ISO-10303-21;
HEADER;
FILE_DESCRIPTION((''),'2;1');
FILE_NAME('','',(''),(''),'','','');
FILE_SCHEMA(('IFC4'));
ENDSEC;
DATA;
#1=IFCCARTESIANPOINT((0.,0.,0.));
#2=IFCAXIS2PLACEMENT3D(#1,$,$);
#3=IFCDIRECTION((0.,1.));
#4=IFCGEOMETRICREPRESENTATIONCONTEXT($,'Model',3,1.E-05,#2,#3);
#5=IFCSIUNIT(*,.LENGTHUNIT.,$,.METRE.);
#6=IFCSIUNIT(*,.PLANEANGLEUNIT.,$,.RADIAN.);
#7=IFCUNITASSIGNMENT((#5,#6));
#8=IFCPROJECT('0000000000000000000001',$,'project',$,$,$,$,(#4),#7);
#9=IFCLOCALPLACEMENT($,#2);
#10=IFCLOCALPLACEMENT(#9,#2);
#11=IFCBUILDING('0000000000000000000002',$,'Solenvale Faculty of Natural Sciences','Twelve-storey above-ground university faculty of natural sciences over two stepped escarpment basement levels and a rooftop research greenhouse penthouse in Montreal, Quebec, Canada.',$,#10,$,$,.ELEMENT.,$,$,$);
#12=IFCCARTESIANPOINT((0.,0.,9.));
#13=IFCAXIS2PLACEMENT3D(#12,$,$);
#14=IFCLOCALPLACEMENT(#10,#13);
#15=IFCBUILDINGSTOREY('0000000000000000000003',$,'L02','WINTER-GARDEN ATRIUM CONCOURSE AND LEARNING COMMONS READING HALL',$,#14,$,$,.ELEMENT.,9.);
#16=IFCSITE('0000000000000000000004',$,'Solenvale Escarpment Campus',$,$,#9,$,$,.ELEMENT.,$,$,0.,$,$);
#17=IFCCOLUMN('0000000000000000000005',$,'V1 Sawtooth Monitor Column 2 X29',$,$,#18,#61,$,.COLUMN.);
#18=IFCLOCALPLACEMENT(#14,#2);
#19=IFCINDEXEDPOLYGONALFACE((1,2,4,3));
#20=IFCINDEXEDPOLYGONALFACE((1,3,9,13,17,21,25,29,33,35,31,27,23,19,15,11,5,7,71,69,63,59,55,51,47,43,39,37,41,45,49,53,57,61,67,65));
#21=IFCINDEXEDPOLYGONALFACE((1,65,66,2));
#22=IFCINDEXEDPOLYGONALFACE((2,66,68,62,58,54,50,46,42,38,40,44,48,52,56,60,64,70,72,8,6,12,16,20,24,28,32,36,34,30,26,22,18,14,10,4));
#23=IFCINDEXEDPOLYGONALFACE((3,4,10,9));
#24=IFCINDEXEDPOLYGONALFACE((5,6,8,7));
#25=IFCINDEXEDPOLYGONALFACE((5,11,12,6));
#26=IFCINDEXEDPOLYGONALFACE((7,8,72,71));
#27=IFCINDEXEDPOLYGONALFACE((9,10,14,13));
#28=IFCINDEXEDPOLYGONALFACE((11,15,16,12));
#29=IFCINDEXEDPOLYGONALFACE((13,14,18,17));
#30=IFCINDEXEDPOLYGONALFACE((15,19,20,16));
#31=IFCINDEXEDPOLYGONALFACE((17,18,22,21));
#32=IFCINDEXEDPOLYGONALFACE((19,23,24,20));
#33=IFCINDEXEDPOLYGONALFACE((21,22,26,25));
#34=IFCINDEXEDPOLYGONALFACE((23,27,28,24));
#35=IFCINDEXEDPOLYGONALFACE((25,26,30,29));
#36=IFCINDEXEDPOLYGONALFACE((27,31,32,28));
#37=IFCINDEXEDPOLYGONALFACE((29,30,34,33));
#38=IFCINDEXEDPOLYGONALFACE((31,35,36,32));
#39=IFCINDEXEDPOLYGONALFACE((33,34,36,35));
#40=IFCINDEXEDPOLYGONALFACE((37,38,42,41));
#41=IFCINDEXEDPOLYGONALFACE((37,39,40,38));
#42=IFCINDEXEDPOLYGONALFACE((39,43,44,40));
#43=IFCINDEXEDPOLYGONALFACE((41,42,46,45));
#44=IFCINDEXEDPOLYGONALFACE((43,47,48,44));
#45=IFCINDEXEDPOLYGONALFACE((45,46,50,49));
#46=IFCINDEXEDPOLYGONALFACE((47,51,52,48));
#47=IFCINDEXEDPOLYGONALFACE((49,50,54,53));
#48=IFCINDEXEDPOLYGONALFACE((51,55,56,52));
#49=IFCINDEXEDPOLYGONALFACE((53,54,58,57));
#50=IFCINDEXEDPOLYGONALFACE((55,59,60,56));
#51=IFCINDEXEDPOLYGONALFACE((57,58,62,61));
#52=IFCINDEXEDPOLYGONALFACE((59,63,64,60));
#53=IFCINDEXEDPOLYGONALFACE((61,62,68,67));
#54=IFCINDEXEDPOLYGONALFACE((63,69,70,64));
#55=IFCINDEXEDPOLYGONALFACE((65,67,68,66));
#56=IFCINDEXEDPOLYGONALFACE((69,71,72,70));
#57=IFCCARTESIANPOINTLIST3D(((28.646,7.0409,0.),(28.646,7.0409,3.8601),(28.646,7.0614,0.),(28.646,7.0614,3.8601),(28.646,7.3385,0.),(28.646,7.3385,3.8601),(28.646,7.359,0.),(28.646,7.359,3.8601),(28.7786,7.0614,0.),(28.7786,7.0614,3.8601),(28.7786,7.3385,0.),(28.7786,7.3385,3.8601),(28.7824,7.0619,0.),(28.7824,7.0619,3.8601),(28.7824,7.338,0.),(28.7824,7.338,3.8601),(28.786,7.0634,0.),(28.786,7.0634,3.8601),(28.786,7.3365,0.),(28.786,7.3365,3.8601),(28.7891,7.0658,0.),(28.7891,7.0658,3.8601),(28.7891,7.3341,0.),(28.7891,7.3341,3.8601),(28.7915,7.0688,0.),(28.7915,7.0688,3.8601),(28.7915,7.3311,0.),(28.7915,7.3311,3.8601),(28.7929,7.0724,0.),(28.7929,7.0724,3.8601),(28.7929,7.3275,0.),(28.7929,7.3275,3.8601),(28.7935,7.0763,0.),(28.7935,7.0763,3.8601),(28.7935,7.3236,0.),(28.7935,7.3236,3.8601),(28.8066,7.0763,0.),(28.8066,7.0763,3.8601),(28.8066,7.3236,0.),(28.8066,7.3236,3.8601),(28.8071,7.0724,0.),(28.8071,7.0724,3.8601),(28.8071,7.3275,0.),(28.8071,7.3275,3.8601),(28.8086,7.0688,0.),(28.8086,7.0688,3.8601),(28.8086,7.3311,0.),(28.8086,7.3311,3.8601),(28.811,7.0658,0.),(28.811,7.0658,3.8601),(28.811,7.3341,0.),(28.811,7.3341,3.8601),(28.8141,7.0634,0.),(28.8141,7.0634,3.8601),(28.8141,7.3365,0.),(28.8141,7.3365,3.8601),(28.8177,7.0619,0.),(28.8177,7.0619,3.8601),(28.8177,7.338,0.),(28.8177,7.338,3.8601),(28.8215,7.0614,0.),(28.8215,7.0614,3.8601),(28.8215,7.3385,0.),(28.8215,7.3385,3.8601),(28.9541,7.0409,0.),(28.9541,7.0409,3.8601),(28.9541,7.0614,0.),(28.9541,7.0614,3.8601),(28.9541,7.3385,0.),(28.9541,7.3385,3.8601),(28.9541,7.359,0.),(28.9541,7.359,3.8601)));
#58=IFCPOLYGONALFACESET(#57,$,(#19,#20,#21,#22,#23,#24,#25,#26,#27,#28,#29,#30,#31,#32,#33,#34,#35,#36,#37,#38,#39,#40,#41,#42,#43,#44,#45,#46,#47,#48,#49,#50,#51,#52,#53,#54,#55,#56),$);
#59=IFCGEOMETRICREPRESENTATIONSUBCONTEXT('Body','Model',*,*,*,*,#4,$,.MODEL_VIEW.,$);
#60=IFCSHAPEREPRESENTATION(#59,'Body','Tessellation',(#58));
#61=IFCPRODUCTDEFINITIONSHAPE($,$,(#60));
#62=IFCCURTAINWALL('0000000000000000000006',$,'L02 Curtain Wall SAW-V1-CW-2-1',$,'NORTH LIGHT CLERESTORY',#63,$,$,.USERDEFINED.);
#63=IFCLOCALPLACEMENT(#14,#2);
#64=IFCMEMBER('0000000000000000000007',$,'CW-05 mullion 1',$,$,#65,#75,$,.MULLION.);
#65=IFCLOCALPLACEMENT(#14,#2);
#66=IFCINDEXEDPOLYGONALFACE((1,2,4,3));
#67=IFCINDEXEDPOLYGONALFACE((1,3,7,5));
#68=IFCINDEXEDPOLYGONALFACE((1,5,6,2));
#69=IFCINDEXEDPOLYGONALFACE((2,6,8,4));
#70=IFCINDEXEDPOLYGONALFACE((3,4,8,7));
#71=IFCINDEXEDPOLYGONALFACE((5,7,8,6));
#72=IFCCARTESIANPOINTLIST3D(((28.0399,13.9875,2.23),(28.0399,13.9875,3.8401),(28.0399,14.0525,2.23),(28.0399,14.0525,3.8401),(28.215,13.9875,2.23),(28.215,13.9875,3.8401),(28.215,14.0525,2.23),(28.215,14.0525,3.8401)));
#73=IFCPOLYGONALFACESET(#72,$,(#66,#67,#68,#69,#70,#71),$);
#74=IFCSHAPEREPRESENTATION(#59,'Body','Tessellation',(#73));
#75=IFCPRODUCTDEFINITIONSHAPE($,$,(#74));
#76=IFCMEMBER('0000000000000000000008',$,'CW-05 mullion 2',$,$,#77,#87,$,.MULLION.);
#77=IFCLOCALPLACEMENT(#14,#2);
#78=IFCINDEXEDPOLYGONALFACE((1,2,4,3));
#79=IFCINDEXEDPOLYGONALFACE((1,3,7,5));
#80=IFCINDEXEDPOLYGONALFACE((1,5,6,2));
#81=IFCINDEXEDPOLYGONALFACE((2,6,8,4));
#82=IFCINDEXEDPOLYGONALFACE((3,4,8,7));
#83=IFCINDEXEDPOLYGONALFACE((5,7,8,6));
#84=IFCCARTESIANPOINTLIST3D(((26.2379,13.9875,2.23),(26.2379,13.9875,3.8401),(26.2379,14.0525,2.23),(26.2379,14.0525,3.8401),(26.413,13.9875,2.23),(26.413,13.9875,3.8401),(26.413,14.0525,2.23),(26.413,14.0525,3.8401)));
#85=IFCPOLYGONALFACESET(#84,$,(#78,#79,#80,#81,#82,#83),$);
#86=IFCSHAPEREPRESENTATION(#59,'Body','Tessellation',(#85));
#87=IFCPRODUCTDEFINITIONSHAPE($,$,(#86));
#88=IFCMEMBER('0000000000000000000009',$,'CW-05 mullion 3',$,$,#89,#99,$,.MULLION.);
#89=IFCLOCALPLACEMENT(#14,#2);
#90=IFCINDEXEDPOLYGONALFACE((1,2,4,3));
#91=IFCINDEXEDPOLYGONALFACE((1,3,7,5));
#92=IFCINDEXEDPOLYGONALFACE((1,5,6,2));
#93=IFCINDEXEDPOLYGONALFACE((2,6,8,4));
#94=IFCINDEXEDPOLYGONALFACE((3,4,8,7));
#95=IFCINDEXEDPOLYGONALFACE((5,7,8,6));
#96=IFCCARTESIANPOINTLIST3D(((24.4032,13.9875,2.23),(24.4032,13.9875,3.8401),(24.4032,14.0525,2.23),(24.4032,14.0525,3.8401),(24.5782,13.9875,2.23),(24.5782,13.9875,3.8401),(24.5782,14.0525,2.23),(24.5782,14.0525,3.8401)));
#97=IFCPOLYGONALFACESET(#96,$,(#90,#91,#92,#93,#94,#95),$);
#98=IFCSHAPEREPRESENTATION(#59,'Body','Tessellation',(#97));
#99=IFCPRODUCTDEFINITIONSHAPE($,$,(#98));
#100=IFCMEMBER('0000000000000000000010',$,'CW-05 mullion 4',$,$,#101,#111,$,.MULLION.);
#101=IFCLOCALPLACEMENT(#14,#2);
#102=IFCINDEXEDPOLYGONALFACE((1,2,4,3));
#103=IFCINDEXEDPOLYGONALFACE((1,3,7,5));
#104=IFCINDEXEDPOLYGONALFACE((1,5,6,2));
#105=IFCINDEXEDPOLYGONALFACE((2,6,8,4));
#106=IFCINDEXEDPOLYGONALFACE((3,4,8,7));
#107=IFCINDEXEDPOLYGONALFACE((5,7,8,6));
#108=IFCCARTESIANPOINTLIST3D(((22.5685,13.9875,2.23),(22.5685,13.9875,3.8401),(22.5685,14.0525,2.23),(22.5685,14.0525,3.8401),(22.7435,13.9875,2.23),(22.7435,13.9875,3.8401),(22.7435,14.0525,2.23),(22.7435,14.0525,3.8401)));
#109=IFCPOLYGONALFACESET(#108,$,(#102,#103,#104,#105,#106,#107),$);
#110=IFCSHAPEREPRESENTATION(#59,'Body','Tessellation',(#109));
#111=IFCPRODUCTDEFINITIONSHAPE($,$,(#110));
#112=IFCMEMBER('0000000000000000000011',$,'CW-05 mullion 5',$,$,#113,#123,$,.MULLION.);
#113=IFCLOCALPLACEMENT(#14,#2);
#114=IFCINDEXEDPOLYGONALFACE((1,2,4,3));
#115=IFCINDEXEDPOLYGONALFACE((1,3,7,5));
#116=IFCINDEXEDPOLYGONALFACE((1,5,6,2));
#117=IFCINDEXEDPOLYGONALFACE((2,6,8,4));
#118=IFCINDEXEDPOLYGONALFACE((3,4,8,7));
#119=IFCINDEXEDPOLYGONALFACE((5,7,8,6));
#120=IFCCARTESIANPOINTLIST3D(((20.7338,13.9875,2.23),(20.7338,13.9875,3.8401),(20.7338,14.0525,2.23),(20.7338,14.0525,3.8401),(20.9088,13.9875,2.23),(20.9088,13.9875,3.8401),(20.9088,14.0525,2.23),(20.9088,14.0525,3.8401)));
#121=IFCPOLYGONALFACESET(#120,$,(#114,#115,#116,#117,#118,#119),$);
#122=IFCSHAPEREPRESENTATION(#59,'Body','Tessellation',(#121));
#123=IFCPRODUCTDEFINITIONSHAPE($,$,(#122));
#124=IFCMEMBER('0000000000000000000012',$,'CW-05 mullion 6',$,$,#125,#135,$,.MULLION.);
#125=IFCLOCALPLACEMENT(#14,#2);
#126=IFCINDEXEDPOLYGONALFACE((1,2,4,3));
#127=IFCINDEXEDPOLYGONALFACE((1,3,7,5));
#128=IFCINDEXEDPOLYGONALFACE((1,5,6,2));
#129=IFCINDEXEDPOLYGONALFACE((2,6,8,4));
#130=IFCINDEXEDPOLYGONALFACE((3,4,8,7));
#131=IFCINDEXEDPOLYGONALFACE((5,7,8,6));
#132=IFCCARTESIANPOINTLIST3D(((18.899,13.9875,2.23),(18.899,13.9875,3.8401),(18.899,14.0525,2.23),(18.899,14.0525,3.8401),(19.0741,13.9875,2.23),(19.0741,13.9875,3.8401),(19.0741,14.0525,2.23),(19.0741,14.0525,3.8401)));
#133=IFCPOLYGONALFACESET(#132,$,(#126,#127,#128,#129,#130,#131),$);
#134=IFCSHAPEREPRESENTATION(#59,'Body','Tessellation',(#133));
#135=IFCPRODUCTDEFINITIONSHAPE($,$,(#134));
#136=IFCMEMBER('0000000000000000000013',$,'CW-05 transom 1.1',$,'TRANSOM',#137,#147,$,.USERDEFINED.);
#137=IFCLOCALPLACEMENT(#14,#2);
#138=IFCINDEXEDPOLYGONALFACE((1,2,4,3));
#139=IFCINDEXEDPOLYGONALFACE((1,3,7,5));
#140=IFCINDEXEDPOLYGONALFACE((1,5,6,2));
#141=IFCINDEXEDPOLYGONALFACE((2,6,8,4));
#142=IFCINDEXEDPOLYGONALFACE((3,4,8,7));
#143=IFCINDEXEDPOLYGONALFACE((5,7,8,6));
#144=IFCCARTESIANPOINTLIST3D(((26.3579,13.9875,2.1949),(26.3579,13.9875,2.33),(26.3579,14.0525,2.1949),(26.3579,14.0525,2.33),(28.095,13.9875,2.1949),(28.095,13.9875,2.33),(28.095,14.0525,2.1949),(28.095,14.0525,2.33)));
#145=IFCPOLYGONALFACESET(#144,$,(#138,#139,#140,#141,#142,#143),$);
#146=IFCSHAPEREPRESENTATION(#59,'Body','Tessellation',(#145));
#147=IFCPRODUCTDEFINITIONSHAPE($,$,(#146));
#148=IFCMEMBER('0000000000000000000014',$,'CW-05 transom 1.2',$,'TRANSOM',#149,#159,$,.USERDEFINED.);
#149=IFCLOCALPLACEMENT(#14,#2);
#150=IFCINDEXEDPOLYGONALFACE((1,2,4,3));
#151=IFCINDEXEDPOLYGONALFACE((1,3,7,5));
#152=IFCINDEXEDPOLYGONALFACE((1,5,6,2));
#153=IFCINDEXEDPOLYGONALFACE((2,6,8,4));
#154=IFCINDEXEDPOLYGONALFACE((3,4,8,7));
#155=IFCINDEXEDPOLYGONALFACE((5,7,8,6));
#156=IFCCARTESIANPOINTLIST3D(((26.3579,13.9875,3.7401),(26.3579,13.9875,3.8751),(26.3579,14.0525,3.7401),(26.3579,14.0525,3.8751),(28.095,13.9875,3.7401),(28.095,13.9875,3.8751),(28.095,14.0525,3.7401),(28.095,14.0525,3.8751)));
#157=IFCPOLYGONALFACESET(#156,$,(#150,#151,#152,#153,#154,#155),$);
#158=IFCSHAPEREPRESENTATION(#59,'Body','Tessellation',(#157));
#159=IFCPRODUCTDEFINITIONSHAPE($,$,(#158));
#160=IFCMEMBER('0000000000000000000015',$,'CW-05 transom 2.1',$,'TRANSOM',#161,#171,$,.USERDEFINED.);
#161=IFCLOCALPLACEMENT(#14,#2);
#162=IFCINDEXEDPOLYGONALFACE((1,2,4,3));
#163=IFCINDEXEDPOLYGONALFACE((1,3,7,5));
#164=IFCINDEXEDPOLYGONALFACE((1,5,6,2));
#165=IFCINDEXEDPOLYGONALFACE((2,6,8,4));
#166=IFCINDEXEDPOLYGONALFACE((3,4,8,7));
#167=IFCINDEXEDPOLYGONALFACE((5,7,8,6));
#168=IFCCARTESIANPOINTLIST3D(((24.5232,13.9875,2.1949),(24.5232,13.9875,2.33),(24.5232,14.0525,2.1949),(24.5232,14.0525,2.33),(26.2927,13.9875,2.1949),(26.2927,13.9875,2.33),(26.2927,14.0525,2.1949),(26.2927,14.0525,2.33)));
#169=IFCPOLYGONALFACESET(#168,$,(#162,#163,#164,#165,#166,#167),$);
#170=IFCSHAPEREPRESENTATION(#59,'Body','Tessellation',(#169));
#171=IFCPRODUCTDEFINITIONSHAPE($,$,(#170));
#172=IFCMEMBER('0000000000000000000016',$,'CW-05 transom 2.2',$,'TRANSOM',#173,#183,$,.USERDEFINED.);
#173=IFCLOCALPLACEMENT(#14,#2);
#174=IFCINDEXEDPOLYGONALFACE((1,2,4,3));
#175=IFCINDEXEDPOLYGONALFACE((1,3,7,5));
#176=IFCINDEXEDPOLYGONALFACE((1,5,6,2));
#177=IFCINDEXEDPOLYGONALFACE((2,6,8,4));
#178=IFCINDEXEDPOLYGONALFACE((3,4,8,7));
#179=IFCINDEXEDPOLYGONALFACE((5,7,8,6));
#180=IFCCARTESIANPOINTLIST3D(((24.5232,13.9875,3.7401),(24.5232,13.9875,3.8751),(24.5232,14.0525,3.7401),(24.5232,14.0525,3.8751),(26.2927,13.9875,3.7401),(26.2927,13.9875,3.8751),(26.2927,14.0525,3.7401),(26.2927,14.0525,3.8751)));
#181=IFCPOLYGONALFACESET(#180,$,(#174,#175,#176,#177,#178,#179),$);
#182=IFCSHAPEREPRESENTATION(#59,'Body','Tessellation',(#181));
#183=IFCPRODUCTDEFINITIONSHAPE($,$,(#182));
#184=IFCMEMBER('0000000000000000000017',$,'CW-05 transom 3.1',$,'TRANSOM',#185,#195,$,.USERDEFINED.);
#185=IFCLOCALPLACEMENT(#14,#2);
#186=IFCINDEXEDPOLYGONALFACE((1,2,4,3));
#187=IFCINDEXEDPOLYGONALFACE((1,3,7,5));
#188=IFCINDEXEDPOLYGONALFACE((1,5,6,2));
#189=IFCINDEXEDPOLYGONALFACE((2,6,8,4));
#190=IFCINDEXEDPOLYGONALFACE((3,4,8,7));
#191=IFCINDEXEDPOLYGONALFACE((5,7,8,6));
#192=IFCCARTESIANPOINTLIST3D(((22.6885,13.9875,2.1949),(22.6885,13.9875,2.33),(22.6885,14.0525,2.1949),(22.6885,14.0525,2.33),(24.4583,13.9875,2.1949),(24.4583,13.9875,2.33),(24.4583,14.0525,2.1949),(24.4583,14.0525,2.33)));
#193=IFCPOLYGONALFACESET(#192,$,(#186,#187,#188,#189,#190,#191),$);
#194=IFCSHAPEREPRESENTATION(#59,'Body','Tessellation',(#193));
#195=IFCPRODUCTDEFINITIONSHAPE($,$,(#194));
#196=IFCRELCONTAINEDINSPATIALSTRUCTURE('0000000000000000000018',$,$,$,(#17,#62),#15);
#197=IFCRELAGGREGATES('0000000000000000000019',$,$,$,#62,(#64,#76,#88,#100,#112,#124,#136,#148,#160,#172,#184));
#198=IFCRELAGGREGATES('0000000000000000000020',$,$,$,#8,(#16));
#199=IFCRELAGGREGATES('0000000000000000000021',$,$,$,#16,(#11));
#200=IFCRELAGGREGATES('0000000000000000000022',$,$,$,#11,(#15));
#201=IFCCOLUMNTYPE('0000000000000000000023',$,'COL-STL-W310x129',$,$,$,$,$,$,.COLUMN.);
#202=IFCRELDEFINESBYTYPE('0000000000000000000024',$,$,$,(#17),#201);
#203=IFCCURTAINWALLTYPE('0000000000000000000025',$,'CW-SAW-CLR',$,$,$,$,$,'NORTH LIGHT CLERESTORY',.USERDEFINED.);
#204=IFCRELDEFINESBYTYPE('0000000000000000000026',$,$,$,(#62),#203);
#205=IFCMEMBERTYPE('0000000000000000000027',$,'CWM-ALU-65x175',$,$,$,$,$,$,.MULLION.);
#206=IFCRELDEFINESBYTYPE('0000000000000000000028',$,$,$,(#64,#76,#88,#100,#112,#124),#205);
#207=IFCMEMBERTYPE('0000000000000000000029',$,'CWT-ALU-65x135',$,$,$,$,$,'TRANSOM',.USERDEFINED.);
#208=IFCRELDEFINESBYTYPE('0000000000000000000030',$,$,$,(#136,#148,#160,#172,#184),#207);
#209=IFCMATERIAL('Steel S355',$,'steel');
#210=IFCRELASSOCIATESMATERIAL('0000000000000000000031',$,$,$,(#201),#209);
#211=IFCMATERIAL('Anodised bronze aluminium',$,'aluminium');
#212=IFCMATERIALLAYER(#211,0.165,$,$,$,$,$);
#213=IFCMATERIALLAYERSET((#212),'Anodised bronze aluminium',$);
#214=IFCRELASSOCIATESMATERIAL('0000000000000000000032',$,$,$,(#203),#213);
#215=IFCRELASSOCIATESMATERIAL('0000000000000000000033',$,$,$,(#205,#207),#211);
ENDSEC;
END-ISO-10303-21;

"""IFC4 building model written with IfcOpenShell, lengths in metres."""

from ifc_helpers import new_model, si_unit, direction, frame, origin, origin_2d, place, context, subcontext, project, spatial, rectangle, i_section, extrude, material, layer, layer_set, material_profile, profile_set, type_object, element, aggregate, save


model = new_model("IFC4")

# Units and contexts
model_context = context("Model", 3, precision=1e-05, world=origin(), true_north=direction((0.0, 1.0)))
body_context = subcontext(model_context, "Body", "Model", "MODEL_VIEW")
ifc_project = project(units=[si_unit("LENGTHUNIT", "METRE"), si_unit("PLANEANGLEUNIT", "RADIAN")], contexts=[model_context])

# Site, building, storey
site_placement = place(None, origin())
site = spatial("IfcSite", under=ifc_project, at=site_placement, Name="Solenvale Escarpment Campus", CompositionType="ELEMENT", RefElevation=0.0)
building_placement = place(site_placement, origin())
building = spatial("IfcBuilding", under=site, at=building_placement, Name="Solenvale Faculty of Natural Sciences", Description="Twelve-storey above-ground university faculty of natural sciences over two stepped escarpment basement levels and a rooftop research greenhouse penthouse in Montreal, Quebec, Canada.", CompositionType="ELEMENT")
storey_placement = place(building_placement, frame((0.0, 0.0, 9.0)))
storey = spatial("IfcBuildingStorey", under=building, at=storey_placement, Name="L02", Description="WINTER-GARDEN ATRIUM CONCOURSE AND LEARNING COMMONS READING HALL", CompositionType="ELEMENT", Elevation=9.0)

# Column
ifc_material_1 = material(Name="Steel S355", Category="steel")
ifc_material_profile_1 = material_profile(ifc_material_1, i_section(OverallWidth=0.3081, OverallDepth=0.3181, WebThickness=0.0132, FlangeThickness=0.0205, FilletRadius=0.0149, at=origin_2d()), Name="W310x129")
ifc_profile_set_1 = profile_set([ifc_material_profile_1], Name="Steel S355")
column_type = type_object("IfcColumnType", Name="COL-STL-W310x129", PredefinedType="COLUMN", material=ifc_profile_set_1)
column_placement = place(storey_placement, frame((28.8, 7.2, 0.0), z_axis=(0.0, 0.0, 1.0), x_axis=(1.0, 0.0, 0.0)))
element("IfcColumn", 1, at=column_placement, inside=storey, type_object=column_type, Name="V1 Sawtooth Monitor Column 2 X29", PredefinedType="COLUMN", context=body_context, shape_type="SweptSolid", body=[
    extrude(i_section(OverallWidth=0.3081, OverallDepth=0.3181, WebThickness=0.0132, FlangeThickness=0.0205, FilletRadius=0.0149, at=origin_2d()), origin(), (0.0, 0.0, 1.0), 3.8601),
])

# Curtain wall, members
ifc_material_2 = material(Name="Anodised bronze aluminium", Category="aluminium")
ifc_layer_1 = layer(ifc_material_2, 0.165)
ifc_layer_set_1 = layer_set([ifc_layer_1], Name="Anodised bronze aluminium")
curtain_wall_type = type_object("IfcCurtainWallType", Name="CW-SAW-CLR", ElementType="NORTH LIGHT CLERESTORY", PredefinedType="USERDEFINED", material=ifc_layer_set_1)
curtain_wall_placement = place(storey_placement, origin())
curtain_wall = element("IfcCurtainWall", 2, at=curtain_wall_placement, inside=storey, type_object=curtain_wall_type, Name="L02 Curtain Wall SAW-V1-CW-2-1", ObjectType="NORTH LIGHT CLERESTORY", PredefinedType="USERDEFINED")
ifc_material_profile_2 = material_profile(ifc_material_2, rectangle(XDim=0.0649, YDim=0.175, at=origin_2d()), Name="ALU-MUL-65x175")
ifc_profile_set_2 = profile_set([ifc_material_profile_2], Name="Anodised bronze aluminium")
member_type_1 = type_object("IfcMemberType", Name="CWM-ALU-65x175", PredefinedType="MULLION", material=ifc_profile_set_2)
member_1_placement = place(storey_placement, frame((28.1274, 14.02, 2.23), z_axis=(0.0, 0.0, 1.0), x_axis=(0.0, -1.0, 0.0)))
member_1 = element("IfcMember", 3, at=member_1_placement, type_object=member_type_1, Name="CW-05 mullion 1", PredefinedType="MULLION", context=body_context, shape_type="SweptSolid", body=[
    extrude(rectangle(XDim=0.0649, YDim=0.175, at=origin_2d()), origin(), (0.0, 0.0, 1.0), 1.6101),
])
member_2_placement = place(storey_placement, frame((26.3254, 14.02, 2.23), z_axis=(0.0, 0.0, 1.0), x_axis=(0.0, -1.0, 0.0)))
member_2 = element("IfcMember", 4, at=member_2_placement, type_object=member_type_1, Name="CW-05 mullion 2", PredefinedType="MULLION", context=body_context, shape_type="SweptSolid", body=[
    extrude(rectangle(XDim=0.0649, YDim=0.175, at=origin_2d()), origin(), (0.0, 0.0, 1.0), 1.6101),
])
member_3_placement = place(storey_placement, frame((24.4907, 14.02, 2.23), z_axis=(0.0, 0.0, 1.0), x_axis=(0.0, -1.0, 0.0)))
member_3 = element("IfcMember", 5, at=member_3_placement, type_object=member_type_1, Name="CW-05 mullion 3", PredefinedType="MULLION", context=body_context, shape_type="SweptSolid", body=[
    extrude(rectangle(XDim=0.0649, YDim=0.175, at=origin_2d()), origin(), (0.0, 0.0, 1.0), 1.6101),
])
member_4_placement = place(storey_placement, frame((22.656, 14.02, 2.23), z_axis=(0.0, 0.0, 1.0), x_axis=(0.0, -1.0, 0.0)))
member_4 = element("IfcMember", 6, at=member_4_placement, type_object=member_type_1, Name="CW-05 mullion 4", PredefinedType="MULLION", context=body_context, shape_type="SweptSolid", body=[
    extrude(rectangle(XDim=0.0649, YDim=0.175, at=origin_2d()), origin(), (0.0, 0.0, 1.0), 1.6101),
])
member_5_placement = place(storey_placement, frame((20.8213, 14.02, 2.23), z_axis=(0.0, 0.0, 1.0), x_axis=(0.0, -1.0, 0.0)))
member_5 = element("IfcMember", 7, at=member_5_placement, type_object=member_type_1, Name="CW-05 mullion 5", PredefinedType="MULLION", context=body_context, shape_type="SweptSolid", body=[
    extrude(rectangle(XDim=0.0649, YDim=0.175, at=origin_2d()), origin(), (0.0, 0.0, 1.0), 1.6101),
])
member_6_placement = place(storey_placement, frame((18.9866, 14.02, 2.23), z_axis=(0.0, 0.0, 1.0), x_axis=(0.0, -1.0, 0.0)))
member_6 = element("IfcMember", 8, at=member_6_placement, type_object=member_type_1, Name="CW-05 mullion 6", PredefinedType="MULLION", context=body_context, shape_type="SweptSolid", body=[
    extrude(rectangle(XDim=0.0649, YDim=0.175, at=origin_2d()), origin(), (0.0, 0.0, 1.0), 1.6101),
])
ifc_material_profile_3 = material_profile(ifc_material_2, rectangle(XDim=0.0649, YDim=0.135, at=origin_2d()), Name="ALU-TRN-65x135")
ifc_profile_set_3 = profile_set([ifc_material_profile_3], Name="Anodised bronze aluminium")
member_type_2 = type_object("IfcMemberType", Name="CWT-ALU-65x135", ElementType="TRANSOM", PredefinedType="USERDEFINED", material=ifc_profile_set_3)
member_7_placement = place(storey_placement, frame((28.095, 14.02, 2.2625), z_axis=(-1.0, 0.0, 0.0), x_axis=(0.0, -1.0, 0.0)))
member_7 = element("IfcMember", 9, at=member_7_placement, type_object=member_type_2, Name="CW-05 transom 1.1", ObjectType="TRANSOM", PredefinedType="USERDEFINED", context=body_context, shape_type="SweptSolid", body=[
    extrude(rectangle(XDim=0.0649, YDim=0.135, at=origin_2d()), origin(), (0.0, 0.0, 1.0), 1.7371),
])
member_8_placement = place(storey_placement, frame((28.095, 14.02, 3.8076), z_axis=(-1.0, 0.0, 0.0), x_axis=(0.0, -1.0, 0.0)))
member_8 = element("IfcMember", 10, at=member_8_placement, type_object=member_type_2, Name="CW-05 transom 1.2", ObjectType="TRANSOM", PredefinedType="USERDEFINED", context=body_context, shape_type="SweptSolid", body=[
    extrude(rectangle(XDim=0.0649, YDim=0.135, at=origin_2d()), origin(), (0.0, 0.0, 1.0), 1.7371),
])
member_9_placement = place(storey_placement, frame((26.2927, 14.02, 2.2625), z_axis=(-1.0, 0.0, 0.0), x_axis=(0.0, -1.0, 0.0)))
member_9 = element("IfcMember", 11, at=member_9_placement, type_object=member_type_2, Name="CW-05 transom 2.1", ObjectType="TRANSOM", PredefinedType="USERDEFINED", context=body_context, shape_type="SweptSolid", body=[
    extrude(rectangle(XDim=0.0649, YDim=0.135, at=origin_2d()), origin(), (0.0, 0.0, 1.0), 1.7695),
])
member_10_placement = place(storey_placement, frame((26.2927, 14.02, 3.8076), z_axis=(-1.0, 0.0, 0.0), x_axis=(0.0, -1.0, 0.0)))
member_10 = element("IfcMember", 12, at=member_10_placement, type_object=member_type_2, Name="CW-05 transom 2.2", ObjectType="TRANSOM", PredefinedType="USERDEFINED", context=body_context, shape_type="SweptSolid", body=[
    extrude(rectangle(XDim=0.0649, YDim=0.135, at=origin_2d()), origin(), (0.0, 0.0, 1.0), 1.7695),
])
member_11_placement = place(storey_placement, frame((24.4583, 14.02, 2.2625), z_axis=(-1.0, 0.0, 0.0), x_axis=(0.0, -1.0, 0.0)))
member_11 = element("IfcMember", 13, at=member_11_placement, type_object=member_type_2, Name="CW-05 transom 3.1", ObjectType="TRANSOM", PredefinedType="USERDEFINED", context=body_context, shape_type="SweptSolid", body=[
    extrude(rectangle(XDim=0.0649, YDim=0.135, at=origin_2d()), origin(), (0.0, 0.0, 1.0), 1.7698),
])

aggregate(curtain_wall, [member_1, member_2, member_3, member_4, member_5, member_6, member_7, member_8, member_9, member_10, member_11])

save(model, "model.ifc")
